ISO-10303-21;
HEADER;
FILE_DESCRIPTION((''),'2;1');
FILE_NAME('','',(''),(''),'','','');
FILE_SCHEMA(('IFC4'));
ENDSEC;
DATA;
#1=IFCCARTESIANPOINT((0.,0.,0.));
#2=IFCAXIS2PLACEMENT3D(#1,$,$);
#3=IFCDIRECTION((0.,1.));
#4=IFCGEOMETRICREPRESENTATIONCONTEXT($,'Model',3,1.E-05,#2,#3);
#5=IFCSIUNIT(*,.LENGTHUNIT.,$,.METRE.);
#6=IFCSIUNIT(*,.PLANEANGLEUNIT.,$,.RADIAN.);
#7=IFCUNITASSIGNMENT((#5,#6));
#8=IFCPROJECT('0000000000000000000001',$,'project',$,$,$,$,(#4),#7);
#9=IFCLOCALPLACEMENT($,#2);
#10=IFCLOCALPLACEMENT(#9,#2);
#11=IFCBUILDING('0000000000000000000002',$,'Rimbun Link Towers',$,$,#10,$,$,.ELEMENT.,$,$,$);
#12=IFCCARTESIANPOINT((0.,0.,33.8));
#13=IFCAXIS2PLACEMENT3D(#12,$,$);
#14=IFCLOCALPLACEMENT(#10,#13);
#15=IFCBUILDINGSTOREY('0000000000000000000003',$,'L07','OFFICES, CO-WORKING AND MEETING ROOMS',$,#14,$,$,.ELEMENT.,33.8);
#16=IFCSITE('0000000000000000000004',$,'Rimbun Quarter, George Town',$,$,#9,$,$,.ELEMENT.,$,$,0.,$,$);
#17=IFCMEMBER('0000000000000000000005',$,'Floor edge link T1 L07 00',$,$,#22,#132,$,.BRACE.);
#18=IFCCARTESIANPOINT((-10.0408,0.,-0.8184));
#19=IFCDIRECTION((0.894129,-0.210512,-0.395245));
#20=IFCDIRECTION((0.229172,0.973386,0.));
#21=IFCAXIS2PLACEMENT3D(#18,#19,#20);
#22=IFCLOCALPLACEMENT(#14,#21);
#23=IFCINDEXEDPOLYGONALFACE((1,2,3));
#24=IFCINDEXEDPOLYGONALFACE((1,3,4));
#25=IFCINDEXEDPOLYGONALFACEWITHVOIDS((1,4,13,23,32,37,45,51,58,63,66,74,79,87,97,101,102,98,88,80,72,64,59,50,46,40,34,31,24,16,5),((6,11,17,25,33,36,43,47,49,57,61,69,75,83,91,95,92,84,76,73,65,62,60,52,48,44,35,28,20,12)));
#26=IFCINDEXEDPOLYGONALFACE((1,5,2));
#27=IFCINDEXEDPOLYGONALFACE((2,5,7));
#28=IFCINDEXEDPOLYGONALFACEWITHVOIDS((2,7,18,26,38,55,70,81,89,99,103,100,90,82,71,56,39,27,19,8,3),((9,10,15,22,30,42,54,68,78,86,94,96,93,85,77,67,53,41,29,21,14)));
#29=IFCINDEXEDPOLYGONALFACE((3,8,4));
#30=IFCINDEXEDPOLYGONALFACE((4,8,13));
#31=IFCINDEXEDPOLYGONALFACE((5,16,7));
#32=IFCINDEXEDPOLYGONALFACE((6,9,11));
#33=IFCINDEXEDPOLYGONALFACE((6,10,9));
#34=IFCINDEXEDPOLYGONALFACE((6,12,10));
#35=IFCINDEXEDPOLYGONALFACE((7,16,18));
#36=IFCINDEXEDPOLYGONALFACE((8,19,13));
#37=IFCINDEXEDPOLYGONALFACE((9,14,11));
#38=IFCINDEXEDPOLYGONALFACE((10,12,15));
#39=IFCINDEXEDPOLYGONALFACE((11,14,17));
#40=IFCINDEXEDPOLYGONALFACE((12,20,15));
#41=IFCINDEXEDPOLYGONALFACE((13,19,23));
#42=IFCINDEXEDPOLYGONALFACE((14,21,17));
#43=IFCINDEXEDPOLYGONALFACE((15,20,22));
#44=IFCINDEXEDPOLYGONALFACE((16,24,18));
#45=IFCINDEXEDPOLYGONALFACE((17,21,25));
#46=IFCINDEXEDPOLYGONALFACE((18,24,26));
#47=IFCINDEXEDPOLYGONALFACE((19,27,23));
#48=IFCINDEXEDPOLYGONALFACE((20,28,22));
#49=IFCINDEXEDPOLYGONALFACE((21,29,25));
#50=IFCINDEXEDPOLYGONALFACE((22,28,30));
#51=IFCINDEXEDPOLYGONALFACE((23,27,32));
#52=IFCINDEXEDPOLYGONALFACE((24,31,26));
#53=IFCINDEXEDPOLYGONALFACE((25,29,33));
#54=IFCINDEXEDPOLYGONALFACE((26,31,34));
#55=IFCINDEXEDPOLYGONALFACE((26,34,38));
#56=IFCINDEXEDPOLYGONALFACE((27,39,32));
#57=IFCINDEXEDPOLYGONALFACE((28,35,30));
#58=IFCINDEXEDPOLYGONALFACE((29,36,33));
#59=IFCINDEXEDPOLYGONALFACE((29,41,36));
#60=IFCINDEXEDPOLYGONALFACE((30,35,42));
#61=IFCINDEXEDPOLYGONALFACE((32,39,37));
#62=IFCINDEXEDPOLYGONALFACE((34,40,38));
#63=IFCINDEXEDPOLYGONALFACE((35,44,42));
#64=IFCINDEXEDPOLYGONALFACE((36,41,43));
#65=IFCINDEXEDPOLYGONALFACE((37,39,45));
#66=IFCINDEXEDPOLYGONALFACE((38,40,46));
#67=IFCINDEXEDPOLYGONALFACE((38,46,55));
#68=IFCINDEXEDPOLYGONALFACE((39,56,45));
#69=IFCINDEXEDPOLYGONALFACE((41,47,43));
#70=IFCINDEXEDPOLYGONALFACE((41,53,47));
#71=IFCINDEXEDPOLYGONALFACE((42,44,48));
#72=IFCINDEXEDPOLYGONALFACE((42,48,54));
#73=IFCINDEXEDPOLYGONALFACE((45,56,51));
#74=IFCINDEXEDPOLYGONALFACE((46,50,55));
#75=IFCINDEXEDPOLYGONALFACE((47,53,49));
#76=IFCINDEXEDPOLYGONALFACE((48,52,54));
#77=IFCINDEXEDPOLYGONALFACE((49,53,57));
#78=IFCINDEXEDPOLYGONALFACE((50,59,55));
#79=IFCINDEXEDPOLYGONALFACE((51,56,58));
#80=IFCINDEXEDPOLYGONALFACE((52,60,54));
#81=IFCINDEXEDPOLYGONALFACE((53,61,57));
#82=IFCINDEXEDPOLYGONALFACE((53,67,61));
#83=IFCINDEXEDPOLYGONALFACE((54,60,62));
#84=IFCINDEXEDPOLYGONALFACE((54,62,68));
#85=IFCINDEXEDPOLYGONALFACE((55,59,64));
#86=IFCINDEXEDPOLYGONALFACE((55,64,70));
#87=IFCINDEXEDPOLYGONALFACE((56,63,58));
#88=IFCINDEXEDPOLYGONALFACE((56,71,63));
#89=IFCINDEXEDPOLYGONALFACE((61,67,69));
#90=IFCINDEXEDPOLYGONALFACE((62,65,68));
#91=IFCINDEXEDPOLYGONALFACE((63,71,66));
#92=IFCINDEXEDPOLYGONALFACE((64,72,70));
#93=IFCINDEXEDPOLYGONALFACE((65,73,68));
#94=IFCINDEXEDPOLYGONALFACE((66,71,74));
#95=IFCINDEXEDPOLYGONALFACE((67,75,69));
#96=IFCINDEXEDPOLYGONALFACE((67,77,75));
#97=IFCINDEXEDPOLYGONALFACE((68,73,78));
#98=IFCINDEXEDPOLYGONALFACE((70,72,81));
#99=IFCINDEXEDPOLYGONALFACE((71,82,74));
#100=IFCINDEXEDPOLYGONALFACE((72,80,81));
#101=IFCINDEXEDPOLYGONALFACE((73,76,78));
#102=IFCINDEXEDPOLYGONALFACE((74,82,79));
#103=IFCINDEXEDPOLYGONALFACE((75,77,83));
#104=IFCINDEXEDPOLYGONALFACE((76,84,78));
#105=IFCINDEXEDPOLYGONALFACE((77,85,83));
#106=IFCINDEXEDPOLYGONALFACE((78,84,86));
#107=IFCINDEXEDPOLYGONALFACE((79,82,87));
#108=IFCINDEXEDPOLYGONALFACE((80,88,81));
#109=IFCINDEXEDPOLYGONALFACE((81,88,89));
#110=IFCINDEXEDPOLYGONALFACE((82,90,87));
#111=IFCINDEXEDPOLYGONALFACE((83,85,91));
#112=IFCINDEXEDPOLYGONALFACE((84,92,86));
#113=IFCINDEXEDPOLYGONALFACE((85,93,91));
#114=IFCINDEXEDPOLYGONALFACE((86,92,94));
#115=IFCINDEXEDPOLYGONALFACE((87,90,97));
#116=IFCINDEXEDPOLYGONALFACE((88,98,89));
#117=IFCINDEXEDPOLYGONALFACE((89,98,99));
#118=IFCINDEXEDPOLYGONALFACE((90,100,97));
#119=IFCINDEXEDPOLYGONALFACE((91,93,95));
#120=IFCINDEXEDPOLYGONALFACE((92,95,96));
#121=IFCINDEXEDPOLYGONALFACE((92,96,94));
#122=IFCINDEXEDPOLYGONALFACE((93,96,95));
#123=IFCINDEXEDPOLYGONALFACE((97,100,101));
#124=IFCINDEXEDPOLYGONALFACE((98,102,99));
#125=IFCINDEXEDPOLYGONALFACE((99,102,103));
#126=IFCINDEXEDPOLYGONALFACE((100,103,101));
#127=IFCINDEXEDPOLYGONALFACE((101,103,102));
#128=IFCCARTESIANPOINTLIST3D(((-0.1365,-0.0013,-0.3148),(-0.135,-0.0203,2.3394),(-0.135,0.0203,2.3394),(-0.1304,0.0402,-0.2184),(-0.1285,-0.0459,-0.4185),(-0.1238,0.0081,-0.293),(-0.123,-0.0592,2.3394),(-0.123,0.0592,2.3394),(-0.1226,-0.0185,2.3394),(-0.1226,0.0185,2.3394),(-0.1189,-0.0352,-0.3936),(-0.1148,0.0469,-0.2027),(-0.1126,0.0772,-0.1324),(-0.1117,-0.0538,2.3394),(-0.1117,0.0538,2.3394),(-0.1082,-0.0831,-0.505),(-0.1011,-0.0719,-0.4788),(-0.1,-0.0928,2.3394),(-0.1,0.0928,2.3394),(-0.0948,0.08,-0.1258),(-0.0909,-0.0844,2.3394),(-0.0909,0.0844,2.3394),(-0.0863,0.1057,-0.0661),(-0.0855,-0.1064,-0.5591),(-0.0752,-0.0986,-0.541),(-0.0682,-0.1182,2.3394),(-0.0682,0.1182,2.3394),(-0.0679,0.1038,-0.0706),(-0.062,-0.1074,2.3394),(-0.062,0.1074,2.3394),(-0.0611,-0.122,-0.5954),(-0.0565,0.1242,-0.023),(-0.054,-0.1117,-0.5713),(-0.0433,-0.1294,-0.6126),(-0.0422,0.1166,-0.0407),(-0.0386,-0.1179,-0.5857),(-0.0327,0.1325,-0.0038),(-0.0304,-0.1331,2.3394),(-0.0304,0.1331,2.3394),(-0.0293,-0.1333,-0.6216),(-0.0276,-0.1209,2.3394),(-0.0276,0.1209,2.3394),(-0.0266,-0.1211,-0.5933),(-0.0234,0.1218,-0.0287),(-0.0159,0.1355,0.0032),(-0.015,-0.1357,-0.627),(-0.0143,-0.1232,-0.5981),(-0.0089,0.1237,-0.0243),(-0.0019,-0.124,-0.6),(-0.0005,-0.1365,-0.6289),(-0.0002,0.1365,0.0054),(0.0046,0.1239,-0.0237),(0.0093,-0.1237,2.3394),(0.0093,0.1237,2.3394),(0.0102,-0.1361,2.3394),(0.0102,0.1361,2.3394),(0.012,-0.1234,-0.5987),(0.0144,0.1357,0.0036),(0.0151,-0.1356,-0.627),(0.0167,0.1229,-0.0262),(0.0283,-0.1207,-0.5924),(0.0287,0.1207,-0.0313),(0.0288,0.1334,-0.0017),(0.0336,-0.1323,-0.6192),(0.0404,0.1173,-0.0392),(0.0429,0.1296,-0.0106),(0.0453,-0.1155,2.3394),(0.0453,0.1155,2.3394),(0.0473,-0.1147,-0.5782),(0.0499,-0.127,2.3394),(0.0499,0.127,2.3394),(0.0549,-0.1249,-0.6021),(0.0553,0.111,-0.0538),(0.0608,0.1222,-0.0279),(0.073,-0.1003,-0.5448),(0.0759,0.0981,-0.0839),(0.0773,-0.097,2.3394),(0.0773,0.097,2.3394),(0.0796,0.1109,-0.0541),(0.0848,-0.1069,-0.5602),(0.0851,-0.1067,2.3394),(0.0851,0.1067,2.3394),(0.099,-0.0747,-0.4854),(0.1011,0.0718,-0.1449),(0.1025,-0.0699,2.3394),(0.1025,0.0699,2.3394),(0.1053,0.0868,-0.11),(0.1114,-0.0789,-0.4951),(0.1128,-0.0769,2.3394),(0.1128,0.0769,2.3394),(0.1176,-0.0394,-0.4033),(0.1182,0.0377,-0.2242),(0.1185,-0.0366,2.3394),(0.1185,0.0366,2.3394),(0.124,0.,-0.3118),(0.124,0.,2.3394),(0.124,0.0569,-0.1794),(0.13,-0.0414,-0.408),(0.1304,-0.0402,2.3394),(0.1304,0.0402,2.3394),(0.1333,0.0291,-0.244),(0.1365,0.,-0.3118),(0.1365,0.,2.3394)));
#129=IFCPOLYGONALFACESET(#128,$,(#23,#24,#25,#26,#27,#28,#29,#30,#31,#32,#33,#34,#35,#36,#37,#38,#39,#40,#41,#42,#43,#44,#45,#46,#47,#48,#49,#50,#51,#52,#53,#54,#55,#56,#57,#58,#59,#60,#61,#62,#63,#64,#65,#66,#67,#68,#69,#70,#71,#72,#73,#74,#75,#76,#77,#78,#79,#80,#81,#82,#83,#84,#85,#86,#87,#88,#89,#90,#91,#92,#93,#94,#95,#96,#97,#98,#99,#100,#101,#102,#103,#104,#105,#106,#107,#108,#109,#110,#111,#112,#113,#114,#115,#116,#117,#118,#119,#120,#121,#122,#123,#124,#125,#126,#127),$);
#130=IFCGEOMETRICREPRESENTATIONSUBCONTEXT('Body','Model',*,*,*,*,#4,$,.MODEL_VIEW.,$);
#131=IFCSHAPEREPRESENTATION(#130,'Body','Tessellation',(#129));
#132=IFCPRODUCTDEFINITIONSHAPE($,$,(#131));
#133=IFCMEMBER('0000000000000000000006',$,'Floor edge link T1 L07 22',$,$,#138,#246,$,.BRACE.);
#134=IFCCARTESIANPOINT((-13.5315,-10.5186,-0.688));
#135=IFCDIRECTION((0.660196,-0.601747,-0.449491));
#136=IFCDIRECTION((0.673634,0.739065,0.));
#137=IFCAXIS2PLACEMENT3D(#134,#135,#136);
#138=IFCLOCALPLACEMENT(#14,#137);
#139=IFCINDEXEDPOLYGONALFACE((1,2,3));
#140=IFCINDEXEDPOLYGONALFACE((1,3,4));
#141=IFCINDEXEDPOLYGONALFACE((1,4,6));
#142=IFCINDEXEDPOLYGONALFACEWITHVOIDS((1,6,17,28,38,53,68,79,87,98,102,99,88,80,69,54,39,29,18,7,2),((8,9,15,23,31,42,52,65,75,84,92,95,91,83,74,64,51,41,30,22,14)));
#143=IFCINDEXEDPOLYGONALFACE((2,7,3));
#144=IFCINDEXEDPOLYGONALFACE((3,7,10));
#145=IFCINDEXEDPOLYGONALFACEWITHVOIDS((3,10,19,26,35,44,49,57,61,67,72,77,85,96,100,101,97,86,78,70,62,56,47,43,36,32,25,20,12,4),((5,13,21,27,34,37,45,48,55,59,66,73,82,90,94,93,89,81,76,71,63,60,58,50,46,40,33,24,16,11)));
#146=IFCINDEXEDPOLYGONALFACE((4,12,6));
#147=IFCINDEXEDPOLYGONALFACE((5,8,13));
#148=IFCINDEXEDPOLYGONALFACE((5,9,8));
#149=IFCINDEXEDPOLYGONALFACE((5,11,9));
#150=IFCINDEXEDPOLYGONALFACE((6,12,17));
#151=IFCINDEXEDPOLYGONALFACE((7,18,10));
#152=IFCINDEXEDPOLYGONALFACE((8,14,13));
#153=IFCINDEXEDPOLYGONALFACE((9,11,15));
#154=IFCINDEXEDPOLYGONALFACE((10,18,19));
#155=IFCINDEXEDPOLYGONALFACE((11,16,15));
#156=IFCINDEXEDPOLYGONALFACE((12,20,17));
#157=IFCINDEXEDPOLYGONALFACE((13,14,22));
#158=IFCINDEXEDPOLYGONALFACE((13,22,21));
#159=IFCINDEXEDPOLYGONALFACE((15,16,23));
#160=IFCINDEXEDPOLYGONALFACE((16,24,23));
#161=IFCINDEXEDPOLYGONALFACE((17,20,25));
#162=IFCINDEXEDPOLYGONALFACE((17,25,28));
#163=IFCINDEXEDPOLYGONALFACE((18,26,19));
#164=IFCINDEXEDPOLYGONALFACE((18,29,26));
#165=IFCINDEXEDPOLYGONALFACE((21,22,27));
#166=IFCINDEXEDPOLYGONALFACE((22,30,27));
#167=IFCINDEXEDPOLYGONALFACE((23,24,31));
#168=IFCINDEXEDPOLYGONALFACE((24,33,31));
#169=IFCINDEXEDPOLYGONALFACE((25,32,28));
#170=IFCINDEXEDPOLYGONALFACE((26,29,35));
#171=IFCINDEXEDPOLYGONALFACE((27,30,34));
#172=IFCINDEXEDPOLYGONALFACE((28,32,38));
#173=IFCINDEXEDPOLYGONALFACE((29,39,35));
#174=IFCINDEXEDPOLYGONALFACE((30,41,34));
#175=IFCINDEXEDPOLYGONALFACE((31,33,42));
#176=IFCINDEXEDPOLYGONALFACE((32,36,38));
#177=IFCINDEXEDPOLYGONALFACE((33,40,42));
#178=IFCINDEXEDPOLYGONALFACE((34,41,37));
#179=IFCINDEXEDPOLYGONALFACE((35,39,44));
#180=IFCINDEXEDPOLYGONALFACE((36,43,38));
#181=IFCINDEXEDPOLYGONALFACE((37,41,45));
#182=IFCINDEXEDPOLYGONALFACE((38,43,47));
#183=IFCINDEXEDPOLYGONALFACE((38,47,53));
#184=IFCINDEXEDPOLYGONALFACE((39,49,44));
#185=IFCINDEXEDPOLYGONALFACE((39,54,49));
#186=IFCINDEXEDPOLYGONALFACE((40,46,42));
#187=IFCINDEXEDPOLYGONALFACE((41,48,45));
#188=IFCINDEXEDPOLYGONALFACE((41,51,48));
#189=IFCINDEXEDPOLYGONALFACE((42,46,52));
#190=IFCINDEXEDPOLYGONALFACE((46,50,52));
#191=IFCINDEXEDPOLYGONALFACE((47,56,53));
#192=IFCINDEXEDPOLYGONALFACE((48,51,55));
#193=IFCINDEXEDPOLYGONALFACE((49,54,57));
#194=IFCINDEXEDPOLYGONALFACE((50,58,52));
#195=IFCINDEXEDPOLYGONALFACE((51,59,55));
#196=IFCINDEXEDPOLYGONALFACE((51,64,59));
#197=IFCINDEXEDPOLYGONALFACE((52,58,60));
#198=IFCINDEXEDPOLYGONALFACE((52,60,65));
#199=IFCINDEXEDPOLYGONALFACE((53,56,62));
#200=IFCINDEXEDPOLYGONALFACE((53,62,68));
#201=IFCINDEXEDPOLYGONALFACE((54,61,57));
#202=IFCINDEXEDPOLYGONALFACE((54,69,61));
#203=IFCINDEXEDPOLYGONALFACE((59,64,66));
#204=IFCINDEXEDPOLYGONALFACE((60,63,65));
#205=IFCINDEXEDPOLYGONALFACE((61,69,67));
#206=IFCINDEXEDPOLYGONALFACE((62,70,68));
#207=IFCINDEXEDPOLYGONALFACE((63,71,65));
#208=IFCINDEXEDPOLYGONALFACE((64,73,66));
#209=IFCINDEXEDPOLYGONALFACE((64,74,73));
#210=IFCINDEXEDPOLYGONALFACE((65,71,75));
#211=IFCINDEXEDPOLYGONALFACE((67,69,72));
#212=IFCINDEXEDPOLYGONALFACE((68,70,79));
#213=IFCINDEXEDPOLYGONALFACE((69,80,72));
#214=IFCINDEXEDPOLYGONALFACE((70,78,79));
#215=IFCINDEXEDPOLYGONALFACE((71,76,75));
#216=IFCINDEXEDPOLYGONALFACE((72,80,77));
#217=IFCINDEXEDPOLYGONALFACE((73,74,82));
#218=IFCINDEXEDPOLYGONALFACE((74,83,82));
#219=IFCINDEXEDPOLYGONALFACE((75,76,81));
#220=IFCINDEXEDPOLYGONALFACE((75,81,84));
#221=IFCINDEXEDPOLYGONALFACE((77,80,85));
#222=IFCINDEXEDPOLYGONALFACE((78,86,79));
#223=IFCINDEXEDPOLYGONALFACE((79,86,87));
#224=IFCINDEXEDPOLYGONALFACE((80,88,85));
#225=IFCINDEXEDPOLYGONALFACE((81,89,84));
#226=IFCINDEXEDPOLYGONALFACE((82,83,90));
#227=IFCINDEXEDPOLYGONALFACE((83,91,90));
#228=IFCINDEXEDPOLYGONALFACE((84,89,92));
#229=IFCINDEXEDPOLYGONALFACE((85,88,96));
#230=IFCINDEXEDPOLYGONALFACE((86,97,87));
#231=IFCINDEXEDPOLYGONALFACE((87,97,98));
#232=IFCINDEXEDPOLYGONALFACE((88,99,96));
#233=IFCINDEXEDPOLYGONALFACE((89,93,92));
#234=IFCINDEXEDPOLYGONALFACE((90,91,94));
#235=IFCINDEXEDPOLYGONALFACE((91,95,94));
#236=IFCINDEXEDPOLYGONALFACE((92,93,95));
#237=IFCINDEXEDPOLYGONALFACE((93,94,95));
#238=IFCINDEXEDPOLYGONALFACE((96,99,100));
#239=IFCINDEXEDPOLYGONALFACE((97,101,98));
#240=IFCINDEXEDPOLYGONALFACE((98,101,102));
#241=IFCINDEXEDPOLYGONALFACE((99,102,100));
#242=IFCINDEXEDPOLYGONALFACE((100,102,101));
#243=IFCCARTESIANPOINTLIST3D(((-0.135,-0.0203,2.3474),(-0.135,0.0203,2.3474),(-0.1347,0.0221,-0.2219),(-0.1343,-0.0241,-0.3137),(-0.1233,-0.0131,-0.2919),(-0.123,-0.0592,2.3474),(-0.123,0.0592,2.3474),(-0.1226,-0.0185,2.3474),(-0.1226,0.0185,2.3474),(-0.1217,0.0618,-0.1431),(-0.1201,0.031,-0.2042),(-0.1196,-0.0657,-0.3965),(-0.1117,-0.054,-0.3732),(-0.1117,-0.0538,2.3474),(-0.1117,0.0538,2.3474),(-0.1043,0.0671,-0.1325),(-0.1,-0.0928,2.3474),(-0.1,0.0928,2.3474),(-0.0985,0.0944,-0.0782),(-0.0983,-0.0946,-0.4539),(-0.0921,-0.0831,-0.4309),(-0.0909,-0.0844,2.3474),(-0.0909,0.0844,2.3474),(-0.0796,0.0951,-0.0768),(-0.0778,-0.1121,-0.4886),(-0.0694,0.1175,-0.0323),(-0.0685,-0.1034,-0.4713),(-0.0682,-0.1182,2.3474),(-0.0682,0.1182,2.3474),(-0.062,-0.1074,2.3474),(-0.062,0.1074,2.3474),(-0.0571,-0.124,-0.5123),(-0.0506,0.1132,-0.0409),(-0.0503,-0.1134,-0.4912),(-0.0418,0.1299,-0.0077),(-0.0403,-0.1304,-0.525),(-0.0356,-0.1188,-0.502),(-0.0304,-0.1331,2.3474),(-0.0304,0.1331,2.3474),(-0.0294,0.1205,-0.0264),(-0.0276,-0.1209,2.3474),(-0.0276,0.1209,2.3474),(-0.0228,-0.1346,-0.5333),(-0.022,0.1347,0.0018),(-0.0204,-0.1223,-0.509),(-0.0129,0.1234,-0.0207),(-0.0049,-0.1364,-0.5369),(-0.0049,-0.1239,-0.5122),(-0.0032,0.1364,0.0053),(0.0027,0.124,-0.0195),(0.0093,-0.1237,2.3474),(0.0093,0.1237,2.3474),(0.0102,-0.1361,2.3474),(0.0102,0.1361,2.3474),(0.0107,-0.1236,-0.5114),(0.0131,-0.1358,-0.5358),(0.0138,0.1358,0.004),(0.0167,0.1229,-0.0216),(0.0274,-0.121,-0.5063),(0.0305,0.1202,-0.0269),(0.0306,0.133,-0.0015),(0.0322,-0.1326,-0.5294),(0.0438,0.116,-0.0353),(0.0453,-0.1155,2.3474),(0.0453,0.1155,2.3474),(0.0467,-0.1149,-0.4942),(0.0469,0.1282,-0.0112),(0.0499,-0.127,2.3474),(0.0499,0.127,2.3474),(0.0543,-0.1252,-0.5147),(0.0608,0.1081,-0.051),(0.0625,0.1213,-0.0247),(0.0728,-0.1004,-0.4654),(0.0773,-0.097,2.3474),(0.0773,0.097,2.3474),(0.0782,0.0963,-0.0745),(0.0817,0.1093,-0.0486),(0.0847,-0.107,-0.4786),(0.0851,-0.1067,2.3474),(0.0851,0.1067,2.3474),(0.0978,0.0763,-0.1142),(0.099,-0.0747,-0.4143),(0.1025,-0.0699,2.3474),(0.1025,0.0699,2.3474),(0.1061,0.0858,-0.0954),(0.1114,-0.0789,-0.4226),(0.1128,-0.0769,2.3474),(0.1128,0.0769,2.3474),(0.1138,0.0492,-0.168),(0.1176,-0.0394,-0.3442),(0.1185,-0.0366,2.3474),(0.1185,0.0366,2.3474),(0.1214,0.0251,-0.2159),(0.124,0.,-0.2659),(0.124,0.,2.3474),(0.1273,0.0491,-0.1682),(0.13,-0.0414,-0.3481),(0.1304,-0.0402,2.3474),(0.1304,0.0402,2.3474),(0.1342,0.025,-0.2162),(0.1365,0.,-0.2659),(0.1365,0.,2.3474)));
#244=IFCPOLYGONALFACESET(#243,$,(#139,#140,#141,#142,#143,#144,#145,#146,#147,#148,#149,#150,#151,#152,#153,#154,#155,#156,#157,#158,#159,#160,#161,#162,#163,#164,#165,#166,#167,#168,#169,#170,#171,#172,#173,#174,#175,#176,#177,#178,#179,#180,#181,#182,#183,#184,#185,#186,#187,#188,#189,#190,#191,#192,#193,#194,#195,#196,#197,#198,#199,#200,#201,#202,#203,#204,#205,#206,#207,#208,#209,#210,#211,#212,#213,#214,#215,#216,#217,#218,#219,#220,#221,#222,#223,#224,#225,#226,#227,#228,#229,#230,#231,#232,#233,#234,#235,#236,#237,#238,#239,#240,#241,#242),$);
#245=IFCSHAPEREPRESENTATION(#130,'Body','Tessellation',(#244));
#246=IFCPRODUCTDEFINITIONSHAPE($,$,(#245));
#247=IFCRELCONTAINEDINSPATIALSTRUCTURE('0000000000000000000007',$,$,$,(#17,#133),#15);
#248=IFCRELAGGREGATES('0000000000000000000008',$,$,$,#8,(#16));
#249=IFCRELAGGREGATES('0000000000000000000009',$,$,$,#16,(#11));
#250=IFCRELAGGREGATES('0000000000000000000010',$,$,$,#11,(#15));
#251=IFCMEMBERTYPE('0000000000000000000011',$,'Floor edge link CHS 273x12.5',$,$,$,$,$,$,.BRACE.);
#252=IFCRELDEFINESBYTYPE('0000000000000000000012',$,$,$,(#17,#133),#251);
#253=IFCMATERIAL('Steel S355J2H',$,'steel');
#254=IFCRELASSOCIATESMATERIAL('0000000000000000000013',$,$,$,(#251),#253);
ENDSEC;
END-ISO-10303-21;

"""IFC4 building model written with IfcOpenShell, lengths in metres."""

from ifc_helpers import new_model, si_unit, direction, frame, origin, origin_2d, place, context, subcontext, project, spatial, hollow_circle, extrude, clip, halfspace, material, material_profile, profile_set, type_object, element, save


model = new_model("IFC4")

# Units and contexts
model_context = context("Model", 3, precision=1e-05, world=origin(), true_north=direction((0.0, 1.0)))
body_context = subcontext(model_context, "Body", "Model", "MODEL_VIEW")
ifc_project = project(units=[si_unit("LENGTHUNIT", "METRE"), si_unit("PLANEANGLEUNIT", "RADIAN")], contexts=[model_context])

# Site, building, storey
site_placement = place(None, origin())
site = spatial("IfcSite", under=ifc_project, at=site_placement, Name="Rimbun Quarter, George Town", CompositionType="ELEMENT", RefElevation=0.0)
building_placement = place(site_placement, origin())
building = spatial("IfcBuilding", under=site, at=building_placement, Name="Rimbun Link Towers", CompositionType="ELEMENT")
storey_placement = place(building_placement, frame((0.0, 0.0, 33.8)))
storey = spatial("IfcBuildingStorey", under=building, at=storey_placement, Name="L07", Description="OFFICES, CO-WORKING AND MEETING ROOMS", CompositionType="ELEMENT", Elevation=33.8)

# Members
ifc_material_1 = material(Name="Steel S355J2H", Category="steel")
ifc_material_profile_1 = material_profile(ifc_material_1, hollow_circle(Radius=0.1365, WallThickness=0.0125, at=origin_2d()), Name="CHS 273x12.5")
ifc_profile_set_1 = profile_set([ifc_material_profile_1], Name="Steel S355J2H")
member_type_1 = type_object("IfcMemberType", Name="Floor edge link CHS 273x12.5", PredefinedType="BRACE", material=ifc_profile_set_1)
member_1_placement = place(storey_placement, frame((-10.0408, 0.0, -0.8184), z_axis=(0.894129, -0.210512, -0.395245), x_axis=(0.229172, 0.973386, 0.0)))
element("IfcMember", 1, at=member_1_placement, inside=storey, type_object=member_type_1, Name="Floor edge link T1 L07 00", PredefinedType="BRACE", context=body_context, shape_type="Clipping", body=[
    clip(extrude(hollow_circle(Radius=0.1365, WallThickness=0.0125, at=origin_2d()), frame((0.0, 0.0, -0.6597)), (0.0, 0.0, 1.0), 2.999), halfspace(frame((0.0, 0.0, -0.3118), z_axis=(0.0, 0.918576, -0.395245)), False)),
])
member_2_placement = place(storey_placement, frame((-13.5315, -10.5186, -0.688), z_axis=(0.660196, -0.601747, -0.449491), x_axis=(0.673634, 0.739065, 0.0)))
element("IfcMember", 2, at=member_2_placement, inside=storey, type_object=member_type_1, Name="Floor edge link T1 L07 22", PredefinedType="BRACE", context=body_context, shape_type="Clipping", body=[
    clip(extrude(hollow_circle(Radius=0.1365, WallThickness=0.0125, at=origin_2d()), frame((0.0, 0.0, -0.5649)), (0.0, 0.0, 1.0), 2.9124), halfspace(frame((0.0, 0.0, -0.2659), z_axis=(0.0, 0.893285, -0.449491)), False)),
])

save(model, "model.ifc")
